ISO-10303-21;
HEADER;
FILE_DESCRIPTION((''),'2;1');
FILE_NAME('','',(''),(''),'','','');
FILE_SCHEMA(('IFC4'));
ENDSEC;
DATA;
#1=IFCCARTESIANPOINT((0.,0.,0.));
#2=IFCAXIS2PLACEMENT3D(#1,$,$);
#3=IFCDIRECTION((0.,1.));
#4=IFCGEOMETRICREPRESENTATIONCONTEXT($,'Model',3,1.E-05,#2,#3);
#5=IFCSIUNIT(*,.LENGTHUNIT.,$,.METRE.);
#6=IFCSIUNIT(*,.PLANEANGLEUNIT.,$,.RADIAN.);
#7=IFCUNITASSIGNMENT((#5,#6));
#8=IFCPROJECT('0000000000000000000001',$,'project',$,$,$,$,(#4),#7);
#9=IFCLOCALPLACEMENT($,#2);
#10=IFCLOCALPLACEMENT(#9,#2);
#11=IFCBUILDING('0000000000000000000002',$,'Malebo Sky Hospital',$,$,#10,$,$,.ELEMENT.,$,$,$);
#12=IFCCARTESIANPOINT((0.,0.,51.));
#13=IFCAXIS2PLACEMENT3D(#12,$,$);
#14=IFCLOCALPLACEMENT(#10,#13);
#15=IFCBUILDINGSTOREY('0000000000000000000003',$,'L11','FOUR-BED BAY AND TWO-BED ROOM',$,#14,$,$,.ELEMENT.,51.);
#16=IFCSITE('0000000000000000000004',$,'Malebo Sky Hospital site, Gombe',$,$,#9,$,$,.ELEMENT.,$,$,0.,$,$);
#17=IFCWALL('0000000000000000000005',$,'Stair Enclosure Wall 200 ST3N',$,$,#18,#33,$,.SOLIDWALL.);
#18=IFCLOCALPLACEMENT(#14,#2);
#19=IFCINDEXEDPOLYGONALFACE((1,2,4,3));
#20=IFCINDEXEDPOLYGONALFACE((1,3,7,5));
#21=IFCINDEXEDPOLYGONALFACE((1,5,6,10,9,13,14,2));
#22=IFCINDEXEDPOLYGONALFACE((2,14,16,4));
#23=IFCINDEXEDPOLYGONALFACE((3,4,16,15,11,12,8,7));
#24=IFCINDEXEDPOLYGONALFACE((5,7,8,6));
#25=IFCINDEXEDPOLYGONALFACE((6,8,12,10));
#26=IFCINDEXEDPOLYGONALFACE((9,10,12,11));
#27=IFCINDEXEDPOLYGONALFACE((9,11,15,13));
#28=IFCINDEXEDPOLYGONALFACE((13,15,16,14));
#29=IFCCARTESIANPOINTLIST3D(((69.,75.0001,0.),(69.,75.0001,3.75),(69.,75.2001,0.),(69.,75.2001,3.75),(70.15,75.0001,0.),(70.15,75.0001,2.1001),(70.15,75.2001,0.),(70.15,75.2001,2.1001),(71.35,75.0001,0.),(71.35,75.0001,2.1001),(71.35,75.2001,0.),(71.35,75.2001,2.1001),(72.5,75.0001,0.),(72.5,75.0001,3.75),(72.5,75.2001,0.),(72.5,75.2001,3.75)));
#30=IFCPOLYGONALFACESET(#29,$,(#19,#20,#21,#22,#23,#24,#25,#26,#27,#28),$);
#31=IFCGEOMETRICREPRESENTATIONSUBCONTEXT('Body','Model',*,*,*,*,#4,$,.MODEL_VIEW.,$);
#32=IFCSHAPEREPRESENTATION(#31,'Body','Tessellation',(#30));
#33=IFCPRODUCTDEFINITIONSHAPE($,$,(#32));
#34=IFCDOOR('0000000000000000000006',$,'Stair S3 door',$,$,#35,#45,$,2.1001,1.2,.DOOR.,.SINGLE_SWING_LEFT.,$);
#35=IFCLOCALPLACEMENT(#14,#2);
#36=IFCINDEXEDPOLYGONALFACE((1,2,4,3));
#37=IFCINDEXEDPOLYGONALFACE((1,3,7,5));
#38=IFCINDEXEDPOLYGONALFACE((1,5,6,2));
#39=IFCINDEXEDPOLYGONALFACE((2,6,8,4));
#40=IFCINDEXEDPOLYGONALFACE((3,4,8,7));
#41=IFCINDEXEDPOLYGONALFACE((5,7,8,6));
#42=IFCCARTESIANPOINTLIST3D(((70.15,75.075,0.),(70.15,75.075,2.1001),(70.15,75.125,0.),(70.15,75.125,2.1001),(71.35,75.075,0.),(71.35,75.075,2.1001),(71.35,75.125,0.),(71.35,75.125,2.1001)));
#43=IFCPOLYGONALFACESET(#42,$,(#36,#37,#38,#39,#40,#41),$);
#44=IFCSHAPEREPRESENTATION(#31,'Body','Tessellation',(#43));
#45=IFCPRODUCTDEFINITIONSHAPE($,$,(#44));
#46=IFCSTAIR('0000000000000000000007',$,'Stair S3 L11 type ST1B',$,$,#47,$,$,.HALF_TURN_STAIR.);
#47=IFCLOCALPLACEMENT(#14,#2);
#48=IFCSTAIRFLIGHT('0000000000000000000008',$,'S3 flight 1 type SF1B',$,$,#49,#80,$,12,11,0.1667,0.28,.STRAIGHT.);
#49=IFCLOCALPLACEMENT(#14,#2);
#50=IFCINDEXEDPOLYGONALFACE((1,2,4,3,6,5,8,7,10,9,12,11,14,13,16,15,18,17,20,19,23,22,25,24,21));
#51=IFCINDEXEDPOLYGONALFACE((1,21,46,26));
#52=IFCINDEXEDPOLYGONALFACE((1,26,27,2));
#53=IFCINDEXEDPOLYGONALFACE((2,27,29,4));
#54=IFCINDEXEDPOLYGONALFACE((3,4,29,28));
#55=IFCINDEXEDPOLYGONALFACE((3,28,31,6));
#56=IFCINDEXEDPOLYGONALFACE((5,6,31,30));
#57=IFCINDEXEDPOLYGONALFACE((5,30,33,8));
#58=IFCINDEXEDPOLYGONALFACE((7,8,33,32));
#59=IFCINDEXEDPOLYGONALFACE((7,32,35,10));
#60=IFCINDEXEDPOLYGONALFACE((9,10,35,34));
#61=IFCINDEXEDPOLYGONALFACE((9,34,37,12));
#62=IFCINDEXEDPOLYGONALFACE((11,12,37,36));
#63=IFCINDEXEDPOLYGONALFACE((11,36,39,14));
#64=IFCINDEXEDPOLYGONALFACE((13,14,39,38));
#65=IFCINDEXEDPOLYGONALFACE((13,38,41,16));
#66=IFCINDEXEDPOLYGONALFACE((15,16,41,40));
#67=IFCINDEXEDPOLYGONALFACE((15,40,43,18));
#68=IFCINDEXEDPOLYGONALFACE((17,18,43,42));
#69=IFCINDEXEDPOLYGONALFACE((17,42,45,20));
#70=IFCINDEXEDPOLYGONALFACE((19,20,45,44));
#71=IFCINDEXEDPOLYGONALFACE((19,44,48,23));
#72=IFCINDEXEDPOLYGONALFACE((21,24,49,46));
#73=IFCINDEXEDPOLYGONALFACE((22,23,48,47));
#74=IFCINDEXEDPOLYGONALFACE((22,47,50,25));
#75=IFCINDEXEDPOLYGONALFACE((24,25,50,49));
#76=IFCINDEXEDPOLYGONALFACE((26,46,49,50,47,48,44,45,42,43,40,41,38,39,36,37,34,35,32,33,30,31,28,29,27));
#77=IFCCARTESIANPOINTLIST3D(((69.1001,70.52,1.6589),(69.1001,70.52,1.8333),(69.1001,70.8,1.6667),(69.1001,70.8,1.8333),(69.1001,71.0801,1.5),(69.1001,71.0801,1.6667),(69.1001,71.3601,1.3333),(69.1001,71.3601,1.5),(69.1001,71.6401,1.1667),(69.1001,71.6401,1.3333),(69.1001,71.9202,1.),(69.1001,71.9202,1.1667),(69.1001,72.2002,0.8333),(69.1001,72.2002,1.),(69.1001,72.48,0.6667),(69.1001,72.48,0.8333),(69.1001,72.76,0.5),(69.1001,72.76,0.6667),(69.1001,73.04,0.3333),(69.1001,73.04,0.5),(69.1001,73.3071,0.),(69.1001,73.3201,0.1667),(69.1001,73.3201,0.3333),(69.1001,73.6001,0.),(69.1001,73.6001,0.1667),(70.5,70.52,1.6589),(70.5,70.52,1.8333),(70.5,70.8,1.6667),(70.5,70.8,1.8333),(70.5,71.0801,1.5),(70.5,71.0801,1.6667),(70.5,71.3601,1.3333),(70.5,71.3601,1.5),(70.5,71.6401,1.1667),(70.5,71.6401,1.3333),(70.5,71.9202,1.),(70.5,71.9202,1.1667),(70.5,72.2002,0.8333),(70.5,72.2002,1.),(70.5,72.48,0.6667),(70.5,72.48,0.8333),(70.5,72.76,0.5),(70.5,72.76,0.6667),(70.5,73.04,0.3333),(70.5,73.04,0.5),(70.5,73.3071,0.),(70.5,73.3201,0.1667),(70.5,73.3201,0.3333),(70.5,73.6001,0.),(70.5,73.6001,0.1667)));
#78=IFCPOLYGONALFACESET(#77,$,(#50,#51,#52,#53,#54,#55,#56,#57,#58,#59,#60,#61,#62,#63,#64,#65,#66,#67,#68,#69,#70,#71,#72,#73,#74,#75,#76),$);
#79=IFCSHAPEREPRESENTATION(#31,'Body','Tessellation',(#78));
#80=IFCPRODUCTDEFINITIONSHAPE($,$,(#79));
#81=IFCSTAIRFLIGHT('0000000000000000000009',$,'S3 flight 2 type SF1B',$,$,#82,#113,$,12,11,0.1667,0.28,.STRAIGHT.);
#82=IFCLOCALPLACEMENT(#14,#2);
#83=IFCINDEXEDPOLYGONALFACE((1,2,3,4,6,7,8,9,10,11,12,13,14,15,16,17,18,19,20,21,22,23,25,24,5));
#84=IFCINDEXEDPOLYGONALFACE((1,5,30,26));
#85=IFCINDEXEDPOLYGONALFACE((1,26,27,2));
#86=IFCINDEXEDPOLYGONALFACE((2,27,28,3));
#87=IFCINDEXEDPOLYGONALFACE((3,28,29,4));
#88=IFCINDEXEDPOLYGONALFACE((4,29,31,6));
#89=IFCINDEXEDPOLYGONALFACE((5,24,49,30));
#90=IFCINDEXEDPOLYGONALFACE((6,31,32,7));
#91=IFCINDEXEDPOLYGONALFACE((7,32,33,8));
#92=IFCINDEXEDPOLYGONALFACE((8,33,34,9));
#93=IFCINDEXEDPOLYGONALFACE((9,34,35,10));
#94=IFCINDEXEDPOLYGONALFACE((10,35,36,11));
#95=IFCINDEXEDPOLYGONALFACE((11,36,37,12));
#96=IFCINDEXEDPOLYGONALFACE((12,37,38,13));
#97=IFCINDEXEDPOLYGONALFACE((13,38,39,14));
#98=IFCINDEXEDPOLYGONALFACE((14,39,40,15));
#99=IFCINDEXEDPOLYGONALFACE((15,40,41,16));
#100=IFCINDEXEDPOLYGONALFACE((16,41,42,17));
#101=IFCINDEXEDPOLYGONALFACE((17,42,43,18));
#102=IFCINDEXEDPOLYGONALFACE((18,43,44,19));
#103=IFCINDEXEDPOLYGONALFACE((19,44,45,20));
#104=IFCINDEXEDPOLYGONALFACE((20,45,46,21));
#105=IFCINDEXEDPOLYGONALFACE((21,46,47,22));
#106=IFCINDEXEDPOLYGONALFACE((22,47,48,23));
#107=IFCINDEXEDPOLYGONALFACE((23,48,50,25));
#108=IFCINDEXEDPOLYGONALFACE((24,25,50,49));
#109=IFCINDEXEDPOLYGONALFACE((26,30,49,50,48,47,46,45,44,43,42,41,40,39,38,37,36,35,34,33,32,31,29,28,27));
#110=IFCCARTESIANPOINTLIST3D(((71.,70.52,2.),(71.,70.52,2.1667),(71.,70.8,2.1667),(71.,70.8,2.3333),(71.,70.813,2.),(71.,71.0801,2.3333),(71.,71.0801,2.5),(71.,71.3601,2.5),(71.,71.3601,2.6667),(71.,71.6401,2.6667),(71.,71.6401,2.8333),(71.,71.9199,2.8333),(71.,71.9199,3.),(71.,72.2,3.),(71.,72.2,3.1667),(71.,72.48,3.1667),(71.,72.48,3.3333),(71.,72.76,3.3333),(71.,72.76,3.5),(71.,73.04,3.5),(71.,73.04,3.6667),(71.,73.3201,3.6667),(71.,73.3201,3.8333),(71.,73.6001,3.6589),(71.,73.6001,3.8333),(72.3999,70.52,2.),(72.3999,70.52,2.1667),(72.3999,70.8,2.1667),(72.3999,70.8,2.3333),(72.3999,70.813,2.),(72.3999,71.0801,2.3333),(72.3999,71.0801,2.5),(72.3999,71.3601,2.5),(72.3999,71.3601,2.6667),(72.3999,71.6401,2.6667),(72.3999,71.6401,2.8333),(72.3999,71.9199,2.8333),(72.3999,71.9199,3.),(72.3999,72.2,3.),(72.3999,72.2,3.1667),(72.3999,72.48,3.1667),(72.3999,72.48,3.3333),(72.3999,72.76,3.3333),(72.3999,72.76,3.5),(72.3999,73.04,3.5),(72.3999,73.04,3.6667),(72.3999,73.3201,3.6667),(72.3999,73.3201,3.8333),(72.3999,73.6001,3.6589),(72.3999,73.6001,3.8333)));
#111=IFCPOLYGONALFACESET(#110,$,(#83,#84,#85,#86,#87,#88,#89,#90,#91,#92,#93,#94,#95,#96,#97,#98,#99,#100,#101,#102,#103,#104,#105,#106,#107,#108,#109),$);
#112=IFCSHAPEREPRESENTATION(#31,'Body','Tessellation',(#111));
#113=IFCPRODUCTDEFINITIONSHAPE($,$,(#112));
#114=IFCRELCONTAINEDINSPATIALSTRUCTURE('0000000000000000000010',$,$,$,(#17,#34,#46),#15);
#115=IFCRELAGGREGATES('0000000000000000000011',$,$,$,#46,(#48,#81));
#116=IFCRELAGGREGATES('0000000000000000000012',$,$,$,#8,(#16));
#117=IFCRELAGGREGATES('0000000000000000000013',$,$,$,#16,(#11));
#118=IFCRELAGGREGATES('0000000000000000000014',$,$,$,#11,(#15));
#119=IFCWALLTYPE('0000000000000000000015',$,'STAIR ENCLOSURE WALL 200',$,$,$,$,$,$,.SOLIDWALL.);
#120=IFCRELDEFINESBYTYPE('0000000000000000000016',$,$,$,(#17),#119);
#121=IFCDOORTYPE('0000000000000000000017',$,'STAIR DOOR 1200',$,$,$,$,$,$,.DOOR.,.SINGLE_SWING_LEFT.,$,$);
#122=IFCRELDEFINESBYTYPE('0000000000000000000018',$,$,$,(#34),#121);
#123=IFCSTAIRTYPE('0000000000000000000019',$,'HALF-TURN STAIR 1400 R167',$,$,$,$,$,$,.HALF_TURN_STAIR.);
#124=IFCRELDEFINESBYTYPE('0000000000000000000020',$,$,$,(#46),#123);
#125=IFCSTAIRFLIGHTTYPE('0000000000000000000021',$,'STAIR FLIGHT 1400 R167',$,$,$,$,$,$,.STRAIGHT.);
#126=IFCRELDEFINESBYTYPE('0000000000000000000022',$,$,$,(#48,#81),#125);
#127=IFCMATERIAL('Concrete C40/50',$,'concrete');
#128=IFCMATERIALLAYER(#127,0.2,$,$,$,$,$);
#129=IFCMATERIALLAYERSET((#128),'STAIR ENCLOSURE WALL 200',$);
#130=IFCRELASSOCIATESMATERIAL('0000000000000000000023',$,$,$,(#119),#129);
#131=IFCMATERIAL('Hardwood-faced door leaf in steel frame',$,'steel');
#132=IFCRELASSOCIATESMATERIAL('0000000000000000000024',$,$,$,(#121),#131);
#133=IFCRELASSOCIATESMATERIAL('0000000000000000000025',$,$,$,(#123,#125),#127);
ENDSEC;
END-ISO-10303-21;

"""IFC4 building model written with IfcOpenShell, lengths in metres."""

from ifc_helpers import new_model, si_unit, direction, frame, frame_2d, origin, place, context, subcontext, project, spatial, polyline, rectangle, outline, extrude, material, layer, layer_set, type_object, element, fill, aggregate, save


model = new_model("IFC4")

# Units and contexts
model_context = context("Model", 3, precision=1e-05, world=origin(), true_north=direction((0.0, 1.0)))
body_context = subcontext(model_context, "Body", "Model", "MODEL_VIEW")
ifc_project = project(units=[si_unit("LENGTHUNIT", "METRE"), si_unit("PLANEANGLEUNIT", "RADIAN")], contexts=[model_context])

# Site, building, storey
site_placement = place(None, origin())
site = spatial("IfcSite", under=ifc_project, at=site_placement, Name="Malebo Sky Hospital site, Gombe", CompositionType="ELEMENT", RefElevation=0.0)
building_placement = place(site_placement, origin())
building = spatial("IfcBuilding", under=site, at=building_placement, Name="Malebo Sky Hospital", CompositionType="ELEMENT")
storey_placement = place(building_placement, frame((0.0, 0.0, 51.0)))
storey = spatial("IfcBuildingStorey", under=building, at=storey_placement, Name="L11", Description="FOUR-BED BAY AND TWO-BED ROOM", CompositionType="ELEMENT", Elevation=51.0)

# Shared definitions
ifc_material_1 = material(Name="Hardwood-faced door leaf in steel frame", Category="steel")

# Shared definitions
ifc_material_2 = material(Name="Concrete C40/50", Category="concrete")
ifc_layer_1 = layer(ifc_material_2, 0.2)
ifc_layer_set_1 = layer_set([ifc_layer_1], Name="STAIR ENCLOSURE WALL 200")
wall_type_1 = type_object("IfcWallType", Name="STAIR ENCLOSURE WALL 200", PredefinedType="SOLIDWALL", material=ifc_layer_set_1)

# Wall, opening, door
wall_1_placement = place(storey_placement, frame((69.0, 75.1001, 0.0), z_axis=(0.0, 0.0, 1.0), x_axis=(1.0, 0.0, 0.0)))
wall_1 = element("IfcWall", 1, at=wall_1_placement, inside=storey, type_object=wall_type_1, Name="Stair Enclosure Wall 200 ST3N", PredefinedType="SOLIDWALL", context=body_context, shape_type="SweptSolid", body=[
    extrude(rectangle(XDim=3.5, YDim=0.2, at=frame_2d((1.75, 0.0))), origin(), (0.0, 0.0, 1.0), 3.75),
])
opening_1_placement = place(wall_1_placement, frame((1.1499, 0.0, 0.0)))
opening_1 = element("IfcOpeningElement", 2, at=opening_1_placement, cuts=wall_1, PredefinedType="OPENING", context=body_context, shape_type="SweptSolid", body=[
    extrude(rectangle(XDim=1.2, YDim=2.1001, at=frame_2d((0.6001, 1.05))), frame((0.0, 0.1099, 0.0), z_axis=(0.0, -1.0, 0.0), x_axis=(1.0, 0.0, 0.0)), (0.0, 0.0, 1.0), 0.22),
])
door_type_1 = type_object("IfcDoorType", Name="STAIR DOOR 1200", OperationType="SINGLE_SWING_LEFT", PredefinedType="DOOR", material=ifc_material_1)
door_1_placement = place(opening_1_placement, origin())
door_1 = element("IfcDoor", 3, at=door_1_placement, inside=storey, type_object=door_type_1, Name="Stair S3 door", OperationType="SINGLE_SWING_LEFT", OverallHeight=2.1001, OverallWidth=1.2, PredefinedType="DOOR", context=body_context, shape_type="SweptSolid", body=[
    extrude(rectangle(XDim=1.2, YDim=2.1001, at=frame_2d((0.6001, 1.05))), frame((0.0, 0.0249, 0.0), z_axis=(0.0, -1.0, 0.0), x_axis=(1.0, 0.0, 0.0)), (0.0, 0.0, 1.0), 0.05),
])
fill(opening_1, door_1)

# Stair, stair flights
stair_type = type_object("IfcStairType", Name="HALF-TURN STAIR 1400 R167", PredefinedType="HALF_TURN_STAIR", material=ifc_material_2)
stair_placement = place(storey_placement, origin())
stair = element("IfcStair", 4, at=stair_placement, inside=storey, type_object=stair_type, Name="Stair S3 L11 type ST1B", PredefinedType="HALF_TURN_STAIR")
stair_flight_type = type_object("IfcStairFlightType", Name="STAIR FLIGHT 1400 R167", PredefinedType="STRAIGHT", material=ifc_material_2)
stair_flight_1_placement = place(storey_placement, frame((69.8, 73.6001, 0.0), z_axis=(0.0, 0.0, 1.0), x_axis=(0.0, -1.0, 0.0)))
stair_flight_1 = element("IfcStairFlight", 5, at=stair_flight_1_placement, type_object=stair_flight_type, Name="S3 flight 1 type SF1B", NumberOfRisers=12, NumberOfTreads=11, PredefinedType="STRAIGHT", RiserHeight=0.1667, TreadLength=0.28, context=body_context, shape_type="SweptSolid", body=[
    extrude(outline(polyline([(0.0, 0.0), (0.0, 0.1667), (0.28, 0.1667), (0.28, 0.3333), (0.5601, 0.3333), (0.5601, 0.5), (0.8401, 0.5), (0.8401, 0.6667), (1.1201, 0.6667), (1.1201, 0.8333), (1.3999, 0.8333), (1.3999, 1.0), (1.6799, 1.0), (1.6799, 1.1667), (1.96, 1.1667), (1.96, 1.3333), (2.24, 1.3333), (2.24, 1.5), (2.52, 1.5), (2.52, 1.6667), (2.8, 1.6667), (2.8, 1.8333), (3.0801, 1.8333), (3.0801, 2.0), (3.0801, 1.6589), (0.293, 0.0), (0.0, 0.0)])), frame((0.0, 0.7, 0.0), z_axis=(0.0, -1.0, 0.0), x_axis=(1.0, 0.0, 0.0)), (0.0, 0.0, 1.0), 1.3999),
])
stair_flight_2_placement = place(storey_placement, frame((71.7, 70.52, 2.0), z_axis=(0.0, 0.0, 1.0), x_axis=(0.0, 1.0, 0.0)))
stair_flight_2 = element("IfcStairFlight", 6, at=stair_flight_2_placement, type_object=stair_flight_type, Name="S3 flight 2 type SF1B", NumberOfRisers=12, NumberOfTreads=11, PredefinedType="STRAIGHT", RiserHeight=0.1667, TreadLength=0.28, context=body_context, shape_type="SweptSolid", body=[
    extrude(outline(polyline([(0.0, 0.0), (0.0, 0.1667), (0.28, 0.1667), (0.28, 0.3333), (0.5601, 0.3333), (0.5601, 0.5), (0.8401, 0.5), (0.8401, 0.6667), (1.1201, 0.6667), (1.1201, 0.8333), (1.3999, 0.8333), (1.3999, 1.0), (1.6799, 1.0), (1.6799, 1.1667), (1.96, 1.1667), (1.96, 1.3333), (2.24, 1.3333), (2.24, 1.5), (2.52, 1.5), (2.52, 1.6667), (2.8, 1.6667), (2.8, 1.8333), (3.0801, 1.8333), (3.0801, 2.0), (3.0801, 1.6589), (0.293, 0.0), (0.0, 0.0)])), frame((0.0, 0.7, 0.0), z_axis=(0.0, -1.0, 0.0), x_axis=(1.0, 0.0, 0.0)), (0.0, 0.0, 1.0), 1.3999),
])
aggregate(stair, [stair_flight_1, stair_flight_2])

save(model, "model.ifc")
